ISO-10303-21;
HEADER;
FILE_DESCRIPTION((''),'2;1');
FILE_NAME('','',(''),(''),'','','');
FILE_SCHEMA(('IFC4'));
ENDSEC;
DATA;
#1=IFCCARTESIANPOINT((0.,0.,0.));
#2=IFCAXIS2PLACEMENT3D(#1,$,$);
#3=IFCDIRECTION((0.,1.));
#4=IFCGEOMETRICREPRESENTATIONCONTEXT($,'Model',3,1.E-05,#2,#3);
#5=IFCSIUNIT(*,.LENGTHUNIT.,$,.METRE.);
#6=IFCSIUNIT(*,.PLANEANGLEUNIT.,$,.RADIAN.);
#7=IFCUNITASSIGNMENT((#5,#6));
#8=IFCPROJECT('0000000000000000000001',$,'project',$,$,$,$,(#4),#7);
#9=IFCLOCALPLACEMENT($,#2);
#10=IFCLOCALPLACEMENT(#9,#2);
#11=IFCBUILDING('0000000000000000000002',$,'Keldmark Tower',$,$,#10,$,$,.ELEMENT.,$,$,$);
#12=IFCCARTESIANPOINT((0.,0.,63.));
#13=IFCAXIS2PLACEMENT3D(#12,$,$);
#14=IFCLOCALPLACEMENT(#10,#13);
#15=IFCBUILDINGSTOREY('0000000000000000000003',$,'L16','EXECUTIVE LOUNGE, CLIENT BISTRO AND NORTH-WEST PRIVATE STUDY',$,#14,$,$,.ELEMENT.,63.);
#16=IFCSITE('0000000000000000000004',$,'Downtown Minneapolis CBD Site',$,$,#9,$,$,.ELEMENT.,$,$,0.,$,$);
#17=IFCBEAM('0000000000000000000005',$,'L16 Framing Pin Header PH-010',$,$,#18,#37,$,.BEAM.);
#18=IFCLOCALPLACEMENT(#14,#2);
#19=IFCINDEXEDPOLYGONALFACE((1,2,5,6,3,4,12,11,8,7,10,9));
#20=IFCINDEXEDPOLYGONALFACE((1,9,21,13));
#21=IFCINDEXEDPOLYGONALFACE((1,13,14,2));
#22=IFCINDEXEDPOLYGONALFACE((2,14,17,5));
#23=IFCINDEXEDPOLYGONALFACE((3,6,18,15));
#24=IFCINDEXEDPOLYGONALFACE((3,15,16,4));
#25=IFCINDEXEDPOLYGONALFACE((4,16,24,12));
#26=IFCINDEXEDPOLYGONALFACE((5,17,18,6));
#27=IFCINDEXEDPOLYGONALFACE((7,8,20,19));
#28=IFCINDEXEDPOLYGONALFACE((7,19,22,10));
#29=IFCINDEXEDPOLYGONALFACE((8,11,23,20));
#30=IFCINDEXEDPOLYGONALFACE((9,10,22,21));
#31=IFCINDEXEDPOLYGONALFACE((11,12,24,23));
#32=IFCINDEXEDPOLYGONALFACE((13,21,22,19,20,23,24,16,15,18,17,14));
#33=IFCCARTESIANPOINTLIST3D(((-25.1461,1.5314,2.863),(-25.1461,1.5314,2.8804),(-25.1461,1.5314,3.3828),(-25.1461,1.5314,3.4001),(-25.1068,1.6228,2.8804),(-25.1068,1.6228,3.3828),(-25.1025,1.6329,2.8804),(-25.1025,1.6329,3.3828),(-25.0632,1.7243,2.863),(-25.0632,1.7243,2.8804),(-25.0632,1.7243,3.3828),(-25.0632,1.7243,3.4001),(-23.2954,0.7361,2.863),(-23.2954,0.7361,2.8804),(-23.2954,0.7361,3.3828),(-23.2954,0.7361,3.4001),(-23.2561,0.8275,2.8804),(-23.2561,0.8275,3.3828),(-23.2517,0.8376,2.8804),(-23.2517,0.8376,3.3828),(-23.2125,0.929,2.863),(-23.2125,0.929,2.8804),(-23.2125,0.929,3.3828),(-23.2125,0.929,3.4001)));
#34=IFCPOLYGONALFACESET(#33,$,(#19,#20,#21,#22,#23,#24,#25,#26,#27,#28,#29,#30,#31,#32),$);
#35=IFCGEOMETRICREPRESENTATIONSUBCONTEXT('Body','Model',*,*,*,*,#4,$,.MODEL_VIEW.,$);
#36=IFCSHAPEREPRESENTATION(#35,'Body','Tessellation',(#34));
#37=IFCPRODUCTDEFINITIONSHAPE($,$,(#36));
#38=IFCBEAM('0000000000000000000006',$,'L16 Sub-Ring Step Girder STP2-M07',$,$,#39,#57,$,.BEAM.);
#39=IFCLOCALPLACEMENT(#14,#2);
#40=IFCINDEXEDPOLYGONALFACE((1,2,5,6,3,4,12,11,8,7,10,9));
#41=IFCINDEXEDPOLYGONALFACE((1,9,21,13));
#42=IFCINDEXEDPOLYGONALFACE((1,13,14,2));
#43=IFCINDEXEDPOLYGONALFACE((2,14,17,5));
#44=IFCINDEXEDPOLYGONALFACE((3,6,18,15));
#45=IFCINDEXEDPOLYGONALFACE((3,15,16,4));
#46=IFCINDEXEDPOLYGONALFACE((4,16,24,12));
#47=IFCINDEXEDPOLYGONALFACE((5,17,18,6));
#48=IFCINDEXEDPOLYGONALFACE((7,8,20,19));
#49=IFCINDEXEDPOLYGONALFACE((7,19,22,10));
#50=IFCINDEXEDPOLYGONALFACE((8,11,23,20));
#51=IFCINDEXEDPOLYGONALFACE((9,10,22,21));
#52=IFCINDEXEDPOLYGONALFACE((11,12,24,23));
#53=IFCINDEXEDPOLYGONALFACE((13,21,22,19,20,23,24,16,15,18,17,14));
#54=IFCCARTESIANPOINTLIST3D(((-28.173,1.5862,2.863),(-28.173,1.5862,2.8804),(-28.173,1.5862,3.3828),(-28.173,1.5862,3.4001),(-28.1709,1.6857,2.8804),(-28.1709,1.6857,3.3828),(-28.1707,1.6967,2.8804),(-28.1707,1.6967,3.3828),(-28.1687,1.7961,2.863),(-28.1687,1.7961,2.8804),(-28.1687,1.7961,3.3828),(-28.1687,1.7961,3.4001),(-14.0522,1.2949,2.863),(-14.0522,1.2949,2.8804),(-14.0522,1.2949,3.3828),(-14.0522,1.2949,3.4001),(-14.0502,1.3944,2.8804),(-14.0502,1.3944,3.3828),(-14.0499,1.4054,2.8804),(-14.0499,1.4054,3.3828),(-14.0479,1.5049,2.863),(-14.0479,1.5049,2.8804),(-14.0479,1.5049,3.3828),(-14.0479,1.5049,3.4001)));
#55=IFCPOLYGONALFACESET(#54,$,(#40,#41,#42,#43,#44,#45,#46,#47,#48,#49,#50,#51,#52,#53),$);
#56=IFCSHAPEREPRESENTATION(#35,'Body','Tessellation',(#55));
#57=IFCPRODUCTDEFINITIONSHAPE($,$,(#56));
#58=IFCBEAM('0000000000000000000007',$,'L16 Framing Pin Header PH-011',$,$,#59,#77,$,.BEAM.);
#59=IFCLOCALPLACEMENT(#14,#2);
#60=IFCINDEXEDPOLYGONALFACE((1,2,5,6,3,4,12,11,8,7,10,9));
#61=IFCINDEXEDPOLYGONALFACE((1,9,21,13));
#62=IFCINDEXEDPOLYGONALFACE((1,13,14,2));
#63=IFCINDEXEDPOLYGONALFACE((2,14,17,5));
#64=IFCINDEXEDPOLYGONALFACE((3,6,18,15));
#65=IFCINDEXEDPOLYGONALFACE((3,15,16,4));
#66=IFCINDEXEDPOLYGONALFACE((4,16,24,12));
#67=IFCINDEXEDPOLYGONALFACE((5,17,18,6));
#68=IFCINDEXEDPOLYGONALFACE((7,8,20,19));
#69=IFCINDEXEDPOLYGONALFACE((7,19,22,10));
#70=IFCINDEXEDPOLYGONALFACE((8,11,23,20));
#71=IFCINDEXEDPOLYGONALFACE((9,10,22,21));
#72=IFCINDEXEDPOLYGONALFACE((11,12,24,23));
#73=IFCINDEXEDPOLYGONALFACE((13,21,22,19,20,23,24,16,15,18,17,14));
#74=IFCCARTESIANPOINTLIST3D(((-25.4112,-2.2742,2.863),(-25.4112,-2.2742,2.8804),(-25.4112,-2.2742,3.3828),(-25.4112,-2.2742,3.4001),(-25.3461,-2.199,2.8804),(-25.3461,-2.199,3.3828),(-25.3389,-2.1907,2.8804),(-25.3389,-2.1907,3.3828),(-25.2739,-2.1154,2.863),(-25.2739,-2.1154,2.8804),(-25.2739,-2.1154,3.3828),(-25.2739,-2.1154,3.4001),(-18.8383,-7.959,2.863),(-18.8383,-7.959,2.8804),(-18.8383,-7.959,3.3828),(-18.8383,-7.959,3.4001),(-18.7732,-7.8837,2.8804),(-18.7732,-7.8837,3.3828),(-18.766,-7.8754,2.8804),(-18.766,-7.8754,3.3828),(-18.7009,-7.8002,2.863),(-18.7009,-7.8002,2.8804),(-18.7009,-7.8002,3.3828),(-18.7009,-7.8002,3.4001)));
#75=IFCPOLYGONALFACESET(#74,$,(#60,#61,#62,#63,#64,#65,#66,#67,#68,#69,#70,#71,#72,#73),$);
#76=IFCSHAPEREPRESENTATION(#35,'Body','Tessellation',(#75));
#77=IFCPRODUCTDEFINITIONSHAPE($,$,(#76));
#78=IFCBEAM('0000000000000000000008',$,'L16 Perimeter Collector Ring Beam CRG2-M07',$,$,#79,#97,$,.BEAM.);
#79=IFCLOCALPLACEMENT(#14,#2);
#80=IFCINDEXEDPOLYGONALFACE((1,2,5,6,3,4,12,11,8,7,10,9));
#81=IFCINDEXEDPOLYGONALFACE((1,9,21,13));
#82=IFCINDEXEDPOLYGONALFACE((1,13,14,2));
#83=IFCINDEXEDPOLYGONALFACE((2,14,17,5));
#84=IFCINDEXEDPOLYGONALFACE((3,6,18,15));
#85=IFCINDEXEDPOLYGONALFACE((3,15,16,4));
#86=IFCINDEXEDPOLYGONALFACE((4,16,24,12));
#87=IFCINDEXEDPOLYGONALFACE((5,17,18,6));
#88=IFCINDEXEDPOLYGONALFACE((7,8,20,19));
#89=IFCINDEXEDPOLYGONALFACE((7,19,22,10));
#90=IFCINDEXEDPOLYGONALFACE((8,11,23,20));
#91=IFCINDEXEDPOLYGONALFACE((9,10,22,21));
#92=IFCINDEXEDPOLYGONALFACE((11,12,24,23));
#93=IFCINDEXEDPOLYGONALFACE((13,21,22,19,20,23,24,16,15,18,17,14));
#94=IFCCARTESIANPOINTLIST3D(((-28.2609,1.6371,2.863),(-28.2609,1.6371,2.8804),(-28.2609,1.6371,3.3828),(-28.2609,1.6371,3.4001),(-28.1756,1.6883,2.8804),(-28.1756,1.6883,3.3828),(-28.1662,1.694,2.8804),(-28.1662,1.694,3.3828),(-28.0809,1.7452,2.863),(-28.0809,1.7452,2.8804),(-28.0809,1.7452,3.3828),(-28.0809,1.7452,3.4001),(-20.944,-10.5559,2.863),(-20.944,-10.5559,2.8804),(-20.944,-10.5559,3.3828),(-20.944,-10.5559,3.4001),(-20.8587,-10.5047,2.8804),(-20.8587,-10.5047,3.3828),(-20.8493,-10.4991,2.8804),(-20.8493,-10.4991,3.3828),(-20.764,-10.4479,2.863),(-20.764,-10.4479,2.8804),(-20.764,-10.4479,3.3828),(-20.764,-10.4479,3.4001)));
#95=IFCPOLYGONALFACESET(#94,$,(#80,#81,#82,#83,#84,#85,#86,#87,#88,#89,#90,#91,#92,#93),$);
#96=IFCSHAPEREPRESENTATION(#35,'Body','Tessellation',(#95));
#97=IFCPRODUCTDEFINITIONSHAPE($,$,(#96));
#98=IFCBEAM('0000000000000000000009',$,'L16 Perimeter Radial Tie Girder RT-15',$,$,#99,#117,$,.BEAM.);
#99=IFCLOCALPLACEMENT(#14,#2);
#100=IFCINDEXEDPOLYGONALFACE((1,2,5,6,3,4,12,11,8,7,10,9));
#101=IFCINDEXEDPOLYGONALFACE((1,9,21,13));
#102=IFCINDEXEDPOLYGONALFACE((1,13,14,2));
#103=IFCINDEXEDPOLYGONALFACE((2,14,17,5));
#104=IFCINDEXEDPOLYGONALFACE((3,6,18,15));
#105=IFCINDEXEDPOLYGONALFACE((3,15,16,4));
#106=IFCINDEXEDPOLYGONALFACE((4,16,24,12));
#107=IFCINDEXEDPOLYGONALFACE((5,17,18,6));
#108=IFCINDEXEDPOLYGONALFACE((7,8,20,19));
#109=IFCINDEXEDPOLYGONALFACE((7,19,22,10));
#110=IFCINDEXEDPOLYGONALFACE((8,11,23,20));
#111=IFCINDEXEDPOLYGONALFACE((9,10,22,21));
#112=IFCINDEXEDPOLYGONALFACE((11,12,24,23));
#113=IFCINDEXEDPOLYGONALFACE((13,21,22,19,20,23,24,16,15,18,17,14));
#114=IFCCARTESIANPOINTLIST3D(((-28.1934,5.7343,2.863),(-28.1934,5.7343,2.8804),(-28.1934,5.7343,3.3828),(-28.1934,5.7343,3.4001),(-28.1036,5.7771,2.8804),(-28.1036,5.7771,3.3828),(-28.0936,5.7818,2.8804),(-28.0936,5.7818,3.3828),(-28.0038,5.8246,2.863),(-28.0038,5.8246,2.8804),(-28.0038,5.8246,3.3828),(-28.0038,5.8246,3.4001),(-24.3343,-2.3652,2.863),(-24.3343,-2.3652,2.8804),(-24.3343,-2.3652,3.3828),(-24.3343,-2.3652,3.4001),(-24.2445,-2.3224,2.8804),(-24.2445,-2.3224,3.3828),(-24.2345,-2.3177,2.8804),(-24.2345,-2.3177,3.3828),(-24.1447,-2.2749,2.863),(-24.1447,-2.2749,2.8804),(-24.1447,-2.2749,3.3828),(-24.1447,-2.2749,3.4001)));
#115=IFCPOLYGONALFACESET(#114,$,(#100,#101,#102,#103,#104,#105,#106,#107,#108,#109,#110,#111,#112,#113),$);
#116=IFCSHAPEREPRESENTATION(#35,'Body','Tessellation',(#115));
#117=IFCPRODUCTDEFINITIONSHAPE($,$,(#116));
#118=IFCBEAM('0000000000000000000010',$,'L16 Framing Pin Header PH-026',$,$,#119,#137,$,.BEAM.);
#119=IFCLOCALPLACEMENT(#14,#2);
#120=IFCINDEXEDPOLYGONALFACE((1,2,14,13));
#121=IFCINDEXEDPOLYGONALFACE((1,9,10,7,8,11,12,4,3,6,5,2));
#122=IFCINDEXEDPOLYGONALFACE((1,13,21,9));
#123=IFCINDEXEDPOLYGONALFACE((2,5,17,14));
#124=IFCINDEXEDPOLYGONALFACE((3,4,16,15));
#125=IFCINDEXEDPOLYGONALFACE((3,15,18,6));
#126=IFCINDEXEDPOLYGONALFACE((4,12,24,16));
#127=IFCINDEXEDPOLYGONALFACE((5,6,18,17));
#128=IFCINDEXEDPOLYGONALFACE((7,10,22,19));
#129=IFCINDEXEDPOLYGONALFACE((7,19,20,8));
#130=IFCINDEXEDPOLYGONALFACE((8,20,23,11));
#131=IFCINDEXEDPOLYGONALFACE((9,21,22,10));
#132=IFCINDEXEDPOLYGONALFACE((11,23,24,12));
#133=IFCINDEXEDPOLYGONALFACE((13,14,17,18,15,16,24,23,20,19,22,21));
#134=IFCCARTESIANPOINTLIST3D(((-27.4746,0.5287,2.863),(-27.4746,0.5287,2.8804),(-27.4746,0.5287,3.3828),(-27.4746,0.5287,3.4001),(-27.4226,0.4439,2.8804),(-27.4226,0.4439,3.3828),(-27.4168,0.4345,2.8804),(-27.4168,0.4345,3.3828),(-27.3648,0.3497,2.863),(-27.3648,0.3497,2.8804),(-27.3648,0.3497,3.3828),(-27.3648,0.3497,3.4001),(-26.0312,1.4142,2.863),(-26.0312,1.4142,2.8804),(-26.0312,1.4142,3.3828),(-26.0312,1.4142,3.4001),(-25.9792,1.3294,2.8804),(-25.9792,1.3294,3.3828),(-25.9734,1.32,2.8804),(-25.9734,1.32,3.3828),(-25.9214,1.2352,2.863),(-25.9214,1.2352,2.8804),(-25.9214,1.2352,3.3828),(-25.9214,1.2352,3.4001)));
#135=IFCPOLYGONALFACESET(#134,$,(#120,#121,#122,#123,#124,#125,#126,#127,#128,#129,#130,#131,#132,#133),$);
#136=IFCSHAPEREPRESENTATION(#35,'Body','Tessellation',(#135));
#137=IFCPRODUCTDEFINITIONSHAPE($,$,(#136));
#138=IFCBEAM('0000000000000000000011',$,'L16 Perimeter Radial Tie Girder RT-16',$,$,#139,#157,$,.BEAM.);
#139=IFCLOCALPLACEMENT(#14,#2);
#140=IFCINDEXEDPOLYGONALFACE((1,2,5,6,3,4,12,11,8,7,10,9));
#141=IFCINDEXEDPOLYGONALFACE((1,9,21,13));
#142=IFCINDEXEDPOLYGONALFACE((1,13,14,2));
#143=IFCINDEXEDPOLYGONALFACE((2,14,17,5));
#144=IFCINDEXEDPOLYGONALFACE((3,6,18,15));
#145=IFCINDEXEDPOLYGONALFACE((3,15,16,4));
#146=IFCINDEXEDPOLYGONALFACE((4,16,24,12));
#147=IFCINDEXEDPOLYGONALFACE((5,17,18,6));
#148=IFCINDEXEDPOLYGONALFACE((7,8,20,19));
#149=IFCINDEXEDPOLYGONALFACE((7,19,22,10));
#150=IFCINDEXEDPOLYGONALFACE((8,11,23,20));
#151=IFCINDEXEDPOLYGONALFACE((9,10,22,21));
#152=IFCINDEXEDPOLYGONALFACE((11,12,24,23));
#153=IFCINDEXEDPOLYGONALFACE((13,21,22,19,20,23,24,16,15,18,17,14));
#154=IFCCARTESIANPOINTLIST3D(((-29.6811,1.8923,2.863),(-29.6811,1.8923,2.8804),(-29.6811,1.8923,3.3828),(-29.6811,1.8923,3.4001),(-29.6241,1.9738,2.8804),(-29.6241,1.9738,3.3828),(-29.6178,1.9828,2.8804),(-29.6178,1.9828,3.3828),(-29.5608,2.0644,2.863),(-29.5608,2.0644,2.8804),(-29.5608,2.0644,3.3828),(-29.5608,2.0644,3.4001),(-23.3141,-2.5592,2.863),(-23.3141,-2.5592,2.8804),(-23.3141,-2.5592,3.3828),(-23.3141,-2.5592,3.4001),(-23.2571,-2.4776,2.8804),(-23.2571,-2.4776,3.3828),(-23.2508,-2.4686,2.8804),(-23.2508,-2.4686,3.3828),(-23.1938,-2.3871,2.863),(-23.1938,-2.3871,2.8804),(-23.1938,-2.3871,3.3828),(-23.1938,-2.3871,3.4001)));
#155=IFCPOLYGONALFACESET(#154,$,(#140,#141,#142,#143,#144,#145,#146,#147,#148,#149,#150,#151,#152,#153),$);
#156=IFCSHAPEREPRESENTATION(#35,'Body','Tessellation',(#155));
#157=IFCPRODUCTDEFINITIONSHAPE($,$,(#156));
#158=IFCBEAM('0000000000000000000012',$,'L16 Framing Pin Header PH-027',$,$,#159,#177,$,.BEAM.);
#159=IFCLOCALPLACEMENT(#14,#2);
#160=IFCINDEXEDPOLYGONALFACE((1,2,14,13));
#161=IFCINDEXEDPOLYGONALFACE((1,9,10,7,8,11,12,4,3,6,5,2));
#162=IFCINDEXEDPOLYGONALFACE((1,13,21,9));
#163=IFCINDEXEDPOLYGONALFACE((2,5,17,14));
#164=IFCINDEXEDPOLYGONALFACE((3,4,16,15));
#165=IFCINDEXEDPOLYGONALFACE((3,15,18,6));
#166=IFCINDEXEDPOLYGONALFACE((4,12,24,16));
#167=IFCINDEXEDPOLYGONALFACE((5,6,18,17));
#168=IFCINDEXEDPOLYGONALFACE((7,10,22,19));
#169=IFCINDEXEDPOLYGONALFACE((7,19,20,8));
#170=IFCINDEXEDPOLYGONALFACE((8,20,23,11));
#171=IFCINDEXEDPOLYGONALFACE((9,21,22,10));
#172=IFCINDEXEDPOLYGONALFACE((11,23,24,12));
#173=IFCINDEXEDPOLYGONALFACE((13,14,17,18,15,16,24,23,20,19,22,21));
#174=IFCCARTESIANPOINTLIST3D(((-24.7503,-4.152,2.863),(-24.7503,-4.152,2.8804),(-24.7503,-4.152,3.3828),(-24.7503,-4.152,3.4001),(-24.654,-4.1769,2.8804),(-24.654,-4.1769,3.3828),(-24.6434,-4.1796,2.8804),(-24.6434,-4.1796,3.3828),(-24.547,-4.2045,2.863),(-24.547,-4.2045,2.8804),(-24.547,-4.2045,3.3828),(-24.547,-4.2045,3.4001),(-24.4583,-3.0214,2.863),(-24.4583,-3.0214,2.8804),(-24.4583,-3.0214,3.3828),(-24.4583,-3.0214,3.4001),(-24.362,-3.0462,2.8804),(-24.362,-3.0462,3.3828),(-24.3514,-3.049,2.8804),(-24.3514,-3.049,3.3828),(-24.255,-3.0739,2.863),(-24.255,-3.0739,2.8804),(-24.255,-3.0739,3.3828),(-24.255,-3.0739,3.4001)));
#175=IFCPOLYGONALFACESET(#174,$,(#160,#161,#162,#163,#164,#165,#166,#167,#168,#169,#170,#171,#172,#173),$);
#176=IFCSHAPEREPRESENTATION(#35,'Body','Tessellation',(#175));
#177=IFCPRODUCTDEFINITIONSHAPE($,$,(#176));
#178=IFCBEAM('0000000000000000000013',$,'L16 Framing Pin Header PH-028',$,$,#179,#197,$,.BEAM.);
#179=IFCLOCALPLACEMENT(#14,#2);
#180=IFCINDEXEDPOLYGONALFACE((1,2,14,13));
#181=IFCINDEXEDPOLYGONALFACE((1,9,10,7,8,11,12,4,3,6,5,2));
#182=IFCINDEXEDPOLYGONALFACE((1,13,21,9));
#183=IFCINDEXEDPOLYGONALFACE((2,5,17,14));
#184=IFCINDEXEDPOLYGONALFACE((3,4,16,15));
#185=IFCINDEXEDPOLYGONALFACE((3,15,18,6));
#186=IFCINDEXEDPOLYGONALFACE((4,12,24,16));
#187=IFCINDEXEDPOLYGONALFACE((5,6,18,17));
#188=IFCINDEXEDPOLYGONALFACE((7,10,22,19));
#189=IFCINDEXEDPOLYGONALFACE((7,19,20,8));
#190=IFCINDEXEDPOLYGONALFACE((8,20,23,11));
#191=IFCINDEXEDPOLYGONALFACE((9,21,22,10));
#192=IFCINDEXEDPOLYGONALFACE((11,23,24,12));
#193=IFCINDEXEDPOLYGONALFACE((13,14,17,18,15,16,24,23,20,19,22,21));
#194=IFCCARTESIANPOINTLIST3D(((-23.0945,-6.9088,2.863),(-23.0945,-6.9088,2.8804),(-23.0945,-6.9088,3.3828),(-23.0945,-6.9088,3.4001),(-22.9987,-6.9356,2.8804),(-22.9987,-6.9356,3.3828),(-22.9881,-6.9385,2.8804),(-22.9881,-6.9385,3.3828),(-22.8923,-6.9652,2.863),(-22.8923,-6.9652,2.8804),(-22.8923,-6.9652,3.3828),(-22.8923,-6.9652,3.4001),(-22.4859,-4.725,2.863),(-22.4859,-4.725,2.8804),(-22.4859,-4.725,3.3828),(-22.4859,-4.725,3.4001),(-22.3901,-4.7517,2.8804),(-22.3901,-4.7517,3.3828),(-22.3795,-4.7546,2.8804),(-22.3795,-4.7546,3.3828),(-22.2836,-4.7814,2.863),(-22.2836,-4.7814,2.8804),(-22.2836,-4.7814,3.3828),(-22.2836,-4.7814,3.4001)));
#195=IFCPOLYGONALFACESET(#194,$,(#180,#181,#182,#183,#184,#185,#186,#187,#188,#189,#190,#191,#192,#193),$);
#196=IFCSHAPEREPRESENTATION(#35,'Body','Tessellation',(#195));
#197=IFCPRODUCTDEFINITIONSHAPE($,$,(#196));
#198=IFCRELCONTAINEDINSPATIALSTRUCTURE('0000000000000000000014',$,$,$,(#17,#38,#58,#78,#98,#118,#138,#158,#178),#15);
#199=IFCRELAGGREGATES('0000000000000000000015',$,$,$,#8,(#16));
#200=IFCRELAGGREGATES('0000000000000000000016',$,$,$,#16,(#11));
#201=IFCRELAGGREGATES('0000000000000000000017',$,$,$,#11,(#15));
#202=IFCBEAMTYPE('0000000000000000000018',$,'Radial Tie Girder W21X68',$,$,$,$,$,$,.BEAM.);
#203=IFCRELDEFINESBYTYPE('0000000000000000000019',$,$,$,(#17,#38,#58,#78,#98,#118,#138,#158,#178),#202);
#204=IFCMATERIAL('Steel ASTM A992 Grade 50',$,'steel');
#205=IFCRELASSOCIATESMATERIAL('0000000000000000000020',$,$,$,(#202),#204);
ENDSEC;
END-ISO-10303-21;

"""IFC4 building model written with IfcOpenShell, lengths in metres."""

from ifc_helpers import new_model, si_unit, direction, frame, origin, origin_2d, place, context, subcontext, project, spatial, i_section, extrude, material, material_profile, profile_set, type_object, element, save


model = new_model("IFC4")

# Units and contexts
model_context = context("Model", 3, precision=1e-05, world=origin(), true_north=direction((0.0, 1.0)))
body_context = subcontext(model_context, "Body", "Model", "MODEL_VIEW")
ifc_project = project(units=[si_unit("LENGTHUNIT", "METRE"), si_unit("PLANEANGLEUNIT", "RADIAN")], contexts=[model_context])

# Site, building, storey
site_placement = place(None, origin())
site = spatial("IfcSite", under=ifc_project, at=site_placement, Name="Downtown Minneapolis CBD Site", CompositionType="ELEMENT", RefElevation=0.0)
building_placement = place(site_placement, origin())
building = spatial("IfcBuilding", under=site, at=building_placement, Name="Keldmark Tower", CompositionType="ELEMENT")
storey_placement = place(building_placement, frame((0.0, 0.0, 63.0)))
storey = spatial("IfcBuildingStorey", under=building, at=storey_placement, Name="L16", Description="EXECUTIVE LOUNGE, CLIENT BISTRO AND NORTH-WEST PRIVATE STUDY", CompositionType="ELEMENT", Elevation=63.0)

# Beams
ifc_material_1 = material(Name="Steel ASTM A992 Grade 50", Category="steel")
ifc_material_profile_1 = material_profile(ifc_material_1, i_section(OverallWidth=0.21, OverallDepth=0.5371, WebThickness=0.011, FlangeThickness=0.0173, at=origin_2d()), Name="W21X68")
ifc_profile_set_1 = profile_set([ifc_material_profile_1], Name="Steel ASTM A992 Grade 50")
beam_type_1 = type_object("IfcBeamType", Name="Radial Tie Girder W21X68", PredefinedType="BEAM", material=ifc_profile_set_1)
beam_1_placement = place(storey_placement, frame((-23.2539, 0.8325, 3.1316), z_axis=(-0.91875, 0.394841, 0.0), x_axis=(-0.394841, -0.91875, 0.0)))
element("IfcBeam", 1, at=beam_1_placement, inside=storey, type_object=beam_type_1, Name="L16 Framing Pin Header PH-010", PredefinedType="BEAM", context=body_context, shape_type="SweptSolid", body=[
    extrude(i_section(OverallWidth=0.21, OverallDepth=0.5371, WebThickness=0.011, FlangeThickness=0.0173, at=origin_2d()), origin(), (0.0, 0.0, 1.0), 2.0144),
])
beam_2_placement = place(storey_placement, frame((-14.05, 1.3999, 3.1316), z_axis=(-0.999787, 0.020622, 0.0), x_axis=(-0.020622, -0.999787, 0.0)))
element("IfcBeam", 2, at=beam_2_placement, inside=storey, type_object=beam_type_1, Name="L16 Sub-Ring Step Girder STP2-M07", PredefinedType="BEAM", context=body_context, shape_type="SweptSolid", body=[
    extrude(i_section(OverallWidth=0.21, OverallDepth=0.5371, WebThickness=0.011, FlangeThickness=0.0173, at=origin_2d()), origin(), (0.0, 0.0, 1.0), 14.1238),
])
beam_3_placement = place(storey_placement, frame((-25.3425, -2.1948, 3.1316), z_axis=(0.75636, -0.654156, 0.0), x_axis=(0.654156, 0.75636, 0.0)))
element("IfcBeam", 3, at=beam_3_placement, inside=storey, type_object=beam_type_1, Name="L16 Framing Pin Header PH-011", PredefinedType="BEAM", context=body_context, shape_type="SweptSolid", body=[
    extrude(i_section(OverallWidth=0.21, OverallDepth=0.5371, WebThickness=0.011, FlangeThickness=0.0173, at=origin_2d()), origin(), (0.0, 0.0, 1.0), 8.6902),
])
beam_4_placement = place(storey_placement, frame((-28.1709, 1.6912, 3.1316), z_axis=(0.514549, -0.857461, 0.0), x_axis=(0.857461, 0.514549, 0.0)))
element("IfcBeam", 4, at=beam_4_placement, inside=storey, type_object=beam_type_1, Name="L16 Perimeter Collector Ring Beam CRG2-M07", PredefinedType="BEAM", context=body_context, shape_type="SweptSolid", body=[
    extrude(i_section(OverallWidth=0.21, OverallDepth=0.5371, WebThickness=0.011, FlangeThickness=0.0173, at=origin_2d()), origin(), (0.0, 0.0, 1.0), 14.22),
])
beam_5_placement = place(storey_placement, frame((-24.2395, -2.3201, 3.1316), z_axis=(-0.430131, 0.902766, 0.0), x_axis=(-0.902766, -0.430131, 0.0)))
element("IfcBeam", 5, at=beam_5_placement, inside=storey, type_object=beam_type_1, Name="L16 Perimeter Radial Tie Girder RT-15", PredefinedType="BEAM", context=body_context, shape_type="SweptSolid", body=[
    extrude(i_section(OverallWidth=0.21, OverallDepth=0.5371, WebThickness=0.011, FlangeThickness=0.0173, at=origin_2d()), origin(), (0.0, 0.0, 1.0), 8.9719),
])
beam_6_placement = place(storey_placement, frame((-25.9763, 1.3247, 3.1316), z_axis=(-0.852375, -0.522931, 0.0), x_axis=(0.522931, -0.852375, 0.0)))
element("IfcBeam", 6, at=beam_6_placement, inside=storey, type_object=beam_type_1, Name="L16 Framing Pin Header PH-026", PredefinedType="BEAM", context=body_context, shape_type="SweptSolid", body=[
    extrude(i_section(OverallWidth=0.21, OverallDepth=0.5371, WebThickness=0.011, FlangeThickness=0.0173, at=origin_2d()), origin(), (0.0, 0.0, 1.0), 1.6934),
])
beam_7_placement = place(storey_placement, frame((-23.2539, -2.4731, 3.1316), z_axis=(-0.819561, 0.572992, 0.0), x_axis=(-0.572992, -0.819561, 0.0)))
element("IfcBeam", 7, at=beam_7_placement, inside=storey, type_object=beam_type_1, Name="L16 Perimeter Radial Tie Girder RT-16", PredefinedType="BEAM", context=body_context, shape_type="SweptSolid", body=[
    extrude(i_section(OverallWidth=0.21, OverallDepth=0.5371, WebThickness=0.011, FlangeThickness=0.0173, at=origin_2d()), origin(), (0.0, 0.0, 1.0), 7.7688),
])
beam_8_placement = place(storey_placement, frame((-24.3567, -3.0476, 3.1316), z_axis=(-0.250055, -0.968232, 0.0), x_axis=(0.968232, -0.250055, 0.0)))
element("IfcBeam", 8, at=beam_8_placement, inside=storey, type_object=beam_type_1, Name="L16 Framing Pin Header PH-027", PredefinedType="BEAM", context=body_context, shape_type="SweptSolid", body=[
    extrude(i_section(OverallWidth=0.21, OverallDepth=0.5371, WebThickness=0.011, FlangeThickness=0.0173, at=origin_2d()), origin(), (0.0, 0.0, 1.0), 1.1677),
])
beam_9_placement = place(storey_placement, frame((-22.3848, -4.7532, 3.1316), z_axis=(-0.268471, -0.963288, 0.0), x_axis=(0.963288, -0.268471, 0.0)))
element("IfcBeam", 9, at=beam_9_placement, inside=storey, type_object=beam_type_1, Name="L16 Framing Pin Header PH-028", PredefinedType="BEAM", context=body_context, shape_type="SweptSolid", body=[
    extrude(i_section(OverallWidth=0.21, OverallDepth=0.5371, WebThickness=0.011, FlangeThickness=0.0173, at=origin_2d()), origin(), (0.0, 0.0, 1.0), 2.2671),
])

save(model, "model.ifc")
